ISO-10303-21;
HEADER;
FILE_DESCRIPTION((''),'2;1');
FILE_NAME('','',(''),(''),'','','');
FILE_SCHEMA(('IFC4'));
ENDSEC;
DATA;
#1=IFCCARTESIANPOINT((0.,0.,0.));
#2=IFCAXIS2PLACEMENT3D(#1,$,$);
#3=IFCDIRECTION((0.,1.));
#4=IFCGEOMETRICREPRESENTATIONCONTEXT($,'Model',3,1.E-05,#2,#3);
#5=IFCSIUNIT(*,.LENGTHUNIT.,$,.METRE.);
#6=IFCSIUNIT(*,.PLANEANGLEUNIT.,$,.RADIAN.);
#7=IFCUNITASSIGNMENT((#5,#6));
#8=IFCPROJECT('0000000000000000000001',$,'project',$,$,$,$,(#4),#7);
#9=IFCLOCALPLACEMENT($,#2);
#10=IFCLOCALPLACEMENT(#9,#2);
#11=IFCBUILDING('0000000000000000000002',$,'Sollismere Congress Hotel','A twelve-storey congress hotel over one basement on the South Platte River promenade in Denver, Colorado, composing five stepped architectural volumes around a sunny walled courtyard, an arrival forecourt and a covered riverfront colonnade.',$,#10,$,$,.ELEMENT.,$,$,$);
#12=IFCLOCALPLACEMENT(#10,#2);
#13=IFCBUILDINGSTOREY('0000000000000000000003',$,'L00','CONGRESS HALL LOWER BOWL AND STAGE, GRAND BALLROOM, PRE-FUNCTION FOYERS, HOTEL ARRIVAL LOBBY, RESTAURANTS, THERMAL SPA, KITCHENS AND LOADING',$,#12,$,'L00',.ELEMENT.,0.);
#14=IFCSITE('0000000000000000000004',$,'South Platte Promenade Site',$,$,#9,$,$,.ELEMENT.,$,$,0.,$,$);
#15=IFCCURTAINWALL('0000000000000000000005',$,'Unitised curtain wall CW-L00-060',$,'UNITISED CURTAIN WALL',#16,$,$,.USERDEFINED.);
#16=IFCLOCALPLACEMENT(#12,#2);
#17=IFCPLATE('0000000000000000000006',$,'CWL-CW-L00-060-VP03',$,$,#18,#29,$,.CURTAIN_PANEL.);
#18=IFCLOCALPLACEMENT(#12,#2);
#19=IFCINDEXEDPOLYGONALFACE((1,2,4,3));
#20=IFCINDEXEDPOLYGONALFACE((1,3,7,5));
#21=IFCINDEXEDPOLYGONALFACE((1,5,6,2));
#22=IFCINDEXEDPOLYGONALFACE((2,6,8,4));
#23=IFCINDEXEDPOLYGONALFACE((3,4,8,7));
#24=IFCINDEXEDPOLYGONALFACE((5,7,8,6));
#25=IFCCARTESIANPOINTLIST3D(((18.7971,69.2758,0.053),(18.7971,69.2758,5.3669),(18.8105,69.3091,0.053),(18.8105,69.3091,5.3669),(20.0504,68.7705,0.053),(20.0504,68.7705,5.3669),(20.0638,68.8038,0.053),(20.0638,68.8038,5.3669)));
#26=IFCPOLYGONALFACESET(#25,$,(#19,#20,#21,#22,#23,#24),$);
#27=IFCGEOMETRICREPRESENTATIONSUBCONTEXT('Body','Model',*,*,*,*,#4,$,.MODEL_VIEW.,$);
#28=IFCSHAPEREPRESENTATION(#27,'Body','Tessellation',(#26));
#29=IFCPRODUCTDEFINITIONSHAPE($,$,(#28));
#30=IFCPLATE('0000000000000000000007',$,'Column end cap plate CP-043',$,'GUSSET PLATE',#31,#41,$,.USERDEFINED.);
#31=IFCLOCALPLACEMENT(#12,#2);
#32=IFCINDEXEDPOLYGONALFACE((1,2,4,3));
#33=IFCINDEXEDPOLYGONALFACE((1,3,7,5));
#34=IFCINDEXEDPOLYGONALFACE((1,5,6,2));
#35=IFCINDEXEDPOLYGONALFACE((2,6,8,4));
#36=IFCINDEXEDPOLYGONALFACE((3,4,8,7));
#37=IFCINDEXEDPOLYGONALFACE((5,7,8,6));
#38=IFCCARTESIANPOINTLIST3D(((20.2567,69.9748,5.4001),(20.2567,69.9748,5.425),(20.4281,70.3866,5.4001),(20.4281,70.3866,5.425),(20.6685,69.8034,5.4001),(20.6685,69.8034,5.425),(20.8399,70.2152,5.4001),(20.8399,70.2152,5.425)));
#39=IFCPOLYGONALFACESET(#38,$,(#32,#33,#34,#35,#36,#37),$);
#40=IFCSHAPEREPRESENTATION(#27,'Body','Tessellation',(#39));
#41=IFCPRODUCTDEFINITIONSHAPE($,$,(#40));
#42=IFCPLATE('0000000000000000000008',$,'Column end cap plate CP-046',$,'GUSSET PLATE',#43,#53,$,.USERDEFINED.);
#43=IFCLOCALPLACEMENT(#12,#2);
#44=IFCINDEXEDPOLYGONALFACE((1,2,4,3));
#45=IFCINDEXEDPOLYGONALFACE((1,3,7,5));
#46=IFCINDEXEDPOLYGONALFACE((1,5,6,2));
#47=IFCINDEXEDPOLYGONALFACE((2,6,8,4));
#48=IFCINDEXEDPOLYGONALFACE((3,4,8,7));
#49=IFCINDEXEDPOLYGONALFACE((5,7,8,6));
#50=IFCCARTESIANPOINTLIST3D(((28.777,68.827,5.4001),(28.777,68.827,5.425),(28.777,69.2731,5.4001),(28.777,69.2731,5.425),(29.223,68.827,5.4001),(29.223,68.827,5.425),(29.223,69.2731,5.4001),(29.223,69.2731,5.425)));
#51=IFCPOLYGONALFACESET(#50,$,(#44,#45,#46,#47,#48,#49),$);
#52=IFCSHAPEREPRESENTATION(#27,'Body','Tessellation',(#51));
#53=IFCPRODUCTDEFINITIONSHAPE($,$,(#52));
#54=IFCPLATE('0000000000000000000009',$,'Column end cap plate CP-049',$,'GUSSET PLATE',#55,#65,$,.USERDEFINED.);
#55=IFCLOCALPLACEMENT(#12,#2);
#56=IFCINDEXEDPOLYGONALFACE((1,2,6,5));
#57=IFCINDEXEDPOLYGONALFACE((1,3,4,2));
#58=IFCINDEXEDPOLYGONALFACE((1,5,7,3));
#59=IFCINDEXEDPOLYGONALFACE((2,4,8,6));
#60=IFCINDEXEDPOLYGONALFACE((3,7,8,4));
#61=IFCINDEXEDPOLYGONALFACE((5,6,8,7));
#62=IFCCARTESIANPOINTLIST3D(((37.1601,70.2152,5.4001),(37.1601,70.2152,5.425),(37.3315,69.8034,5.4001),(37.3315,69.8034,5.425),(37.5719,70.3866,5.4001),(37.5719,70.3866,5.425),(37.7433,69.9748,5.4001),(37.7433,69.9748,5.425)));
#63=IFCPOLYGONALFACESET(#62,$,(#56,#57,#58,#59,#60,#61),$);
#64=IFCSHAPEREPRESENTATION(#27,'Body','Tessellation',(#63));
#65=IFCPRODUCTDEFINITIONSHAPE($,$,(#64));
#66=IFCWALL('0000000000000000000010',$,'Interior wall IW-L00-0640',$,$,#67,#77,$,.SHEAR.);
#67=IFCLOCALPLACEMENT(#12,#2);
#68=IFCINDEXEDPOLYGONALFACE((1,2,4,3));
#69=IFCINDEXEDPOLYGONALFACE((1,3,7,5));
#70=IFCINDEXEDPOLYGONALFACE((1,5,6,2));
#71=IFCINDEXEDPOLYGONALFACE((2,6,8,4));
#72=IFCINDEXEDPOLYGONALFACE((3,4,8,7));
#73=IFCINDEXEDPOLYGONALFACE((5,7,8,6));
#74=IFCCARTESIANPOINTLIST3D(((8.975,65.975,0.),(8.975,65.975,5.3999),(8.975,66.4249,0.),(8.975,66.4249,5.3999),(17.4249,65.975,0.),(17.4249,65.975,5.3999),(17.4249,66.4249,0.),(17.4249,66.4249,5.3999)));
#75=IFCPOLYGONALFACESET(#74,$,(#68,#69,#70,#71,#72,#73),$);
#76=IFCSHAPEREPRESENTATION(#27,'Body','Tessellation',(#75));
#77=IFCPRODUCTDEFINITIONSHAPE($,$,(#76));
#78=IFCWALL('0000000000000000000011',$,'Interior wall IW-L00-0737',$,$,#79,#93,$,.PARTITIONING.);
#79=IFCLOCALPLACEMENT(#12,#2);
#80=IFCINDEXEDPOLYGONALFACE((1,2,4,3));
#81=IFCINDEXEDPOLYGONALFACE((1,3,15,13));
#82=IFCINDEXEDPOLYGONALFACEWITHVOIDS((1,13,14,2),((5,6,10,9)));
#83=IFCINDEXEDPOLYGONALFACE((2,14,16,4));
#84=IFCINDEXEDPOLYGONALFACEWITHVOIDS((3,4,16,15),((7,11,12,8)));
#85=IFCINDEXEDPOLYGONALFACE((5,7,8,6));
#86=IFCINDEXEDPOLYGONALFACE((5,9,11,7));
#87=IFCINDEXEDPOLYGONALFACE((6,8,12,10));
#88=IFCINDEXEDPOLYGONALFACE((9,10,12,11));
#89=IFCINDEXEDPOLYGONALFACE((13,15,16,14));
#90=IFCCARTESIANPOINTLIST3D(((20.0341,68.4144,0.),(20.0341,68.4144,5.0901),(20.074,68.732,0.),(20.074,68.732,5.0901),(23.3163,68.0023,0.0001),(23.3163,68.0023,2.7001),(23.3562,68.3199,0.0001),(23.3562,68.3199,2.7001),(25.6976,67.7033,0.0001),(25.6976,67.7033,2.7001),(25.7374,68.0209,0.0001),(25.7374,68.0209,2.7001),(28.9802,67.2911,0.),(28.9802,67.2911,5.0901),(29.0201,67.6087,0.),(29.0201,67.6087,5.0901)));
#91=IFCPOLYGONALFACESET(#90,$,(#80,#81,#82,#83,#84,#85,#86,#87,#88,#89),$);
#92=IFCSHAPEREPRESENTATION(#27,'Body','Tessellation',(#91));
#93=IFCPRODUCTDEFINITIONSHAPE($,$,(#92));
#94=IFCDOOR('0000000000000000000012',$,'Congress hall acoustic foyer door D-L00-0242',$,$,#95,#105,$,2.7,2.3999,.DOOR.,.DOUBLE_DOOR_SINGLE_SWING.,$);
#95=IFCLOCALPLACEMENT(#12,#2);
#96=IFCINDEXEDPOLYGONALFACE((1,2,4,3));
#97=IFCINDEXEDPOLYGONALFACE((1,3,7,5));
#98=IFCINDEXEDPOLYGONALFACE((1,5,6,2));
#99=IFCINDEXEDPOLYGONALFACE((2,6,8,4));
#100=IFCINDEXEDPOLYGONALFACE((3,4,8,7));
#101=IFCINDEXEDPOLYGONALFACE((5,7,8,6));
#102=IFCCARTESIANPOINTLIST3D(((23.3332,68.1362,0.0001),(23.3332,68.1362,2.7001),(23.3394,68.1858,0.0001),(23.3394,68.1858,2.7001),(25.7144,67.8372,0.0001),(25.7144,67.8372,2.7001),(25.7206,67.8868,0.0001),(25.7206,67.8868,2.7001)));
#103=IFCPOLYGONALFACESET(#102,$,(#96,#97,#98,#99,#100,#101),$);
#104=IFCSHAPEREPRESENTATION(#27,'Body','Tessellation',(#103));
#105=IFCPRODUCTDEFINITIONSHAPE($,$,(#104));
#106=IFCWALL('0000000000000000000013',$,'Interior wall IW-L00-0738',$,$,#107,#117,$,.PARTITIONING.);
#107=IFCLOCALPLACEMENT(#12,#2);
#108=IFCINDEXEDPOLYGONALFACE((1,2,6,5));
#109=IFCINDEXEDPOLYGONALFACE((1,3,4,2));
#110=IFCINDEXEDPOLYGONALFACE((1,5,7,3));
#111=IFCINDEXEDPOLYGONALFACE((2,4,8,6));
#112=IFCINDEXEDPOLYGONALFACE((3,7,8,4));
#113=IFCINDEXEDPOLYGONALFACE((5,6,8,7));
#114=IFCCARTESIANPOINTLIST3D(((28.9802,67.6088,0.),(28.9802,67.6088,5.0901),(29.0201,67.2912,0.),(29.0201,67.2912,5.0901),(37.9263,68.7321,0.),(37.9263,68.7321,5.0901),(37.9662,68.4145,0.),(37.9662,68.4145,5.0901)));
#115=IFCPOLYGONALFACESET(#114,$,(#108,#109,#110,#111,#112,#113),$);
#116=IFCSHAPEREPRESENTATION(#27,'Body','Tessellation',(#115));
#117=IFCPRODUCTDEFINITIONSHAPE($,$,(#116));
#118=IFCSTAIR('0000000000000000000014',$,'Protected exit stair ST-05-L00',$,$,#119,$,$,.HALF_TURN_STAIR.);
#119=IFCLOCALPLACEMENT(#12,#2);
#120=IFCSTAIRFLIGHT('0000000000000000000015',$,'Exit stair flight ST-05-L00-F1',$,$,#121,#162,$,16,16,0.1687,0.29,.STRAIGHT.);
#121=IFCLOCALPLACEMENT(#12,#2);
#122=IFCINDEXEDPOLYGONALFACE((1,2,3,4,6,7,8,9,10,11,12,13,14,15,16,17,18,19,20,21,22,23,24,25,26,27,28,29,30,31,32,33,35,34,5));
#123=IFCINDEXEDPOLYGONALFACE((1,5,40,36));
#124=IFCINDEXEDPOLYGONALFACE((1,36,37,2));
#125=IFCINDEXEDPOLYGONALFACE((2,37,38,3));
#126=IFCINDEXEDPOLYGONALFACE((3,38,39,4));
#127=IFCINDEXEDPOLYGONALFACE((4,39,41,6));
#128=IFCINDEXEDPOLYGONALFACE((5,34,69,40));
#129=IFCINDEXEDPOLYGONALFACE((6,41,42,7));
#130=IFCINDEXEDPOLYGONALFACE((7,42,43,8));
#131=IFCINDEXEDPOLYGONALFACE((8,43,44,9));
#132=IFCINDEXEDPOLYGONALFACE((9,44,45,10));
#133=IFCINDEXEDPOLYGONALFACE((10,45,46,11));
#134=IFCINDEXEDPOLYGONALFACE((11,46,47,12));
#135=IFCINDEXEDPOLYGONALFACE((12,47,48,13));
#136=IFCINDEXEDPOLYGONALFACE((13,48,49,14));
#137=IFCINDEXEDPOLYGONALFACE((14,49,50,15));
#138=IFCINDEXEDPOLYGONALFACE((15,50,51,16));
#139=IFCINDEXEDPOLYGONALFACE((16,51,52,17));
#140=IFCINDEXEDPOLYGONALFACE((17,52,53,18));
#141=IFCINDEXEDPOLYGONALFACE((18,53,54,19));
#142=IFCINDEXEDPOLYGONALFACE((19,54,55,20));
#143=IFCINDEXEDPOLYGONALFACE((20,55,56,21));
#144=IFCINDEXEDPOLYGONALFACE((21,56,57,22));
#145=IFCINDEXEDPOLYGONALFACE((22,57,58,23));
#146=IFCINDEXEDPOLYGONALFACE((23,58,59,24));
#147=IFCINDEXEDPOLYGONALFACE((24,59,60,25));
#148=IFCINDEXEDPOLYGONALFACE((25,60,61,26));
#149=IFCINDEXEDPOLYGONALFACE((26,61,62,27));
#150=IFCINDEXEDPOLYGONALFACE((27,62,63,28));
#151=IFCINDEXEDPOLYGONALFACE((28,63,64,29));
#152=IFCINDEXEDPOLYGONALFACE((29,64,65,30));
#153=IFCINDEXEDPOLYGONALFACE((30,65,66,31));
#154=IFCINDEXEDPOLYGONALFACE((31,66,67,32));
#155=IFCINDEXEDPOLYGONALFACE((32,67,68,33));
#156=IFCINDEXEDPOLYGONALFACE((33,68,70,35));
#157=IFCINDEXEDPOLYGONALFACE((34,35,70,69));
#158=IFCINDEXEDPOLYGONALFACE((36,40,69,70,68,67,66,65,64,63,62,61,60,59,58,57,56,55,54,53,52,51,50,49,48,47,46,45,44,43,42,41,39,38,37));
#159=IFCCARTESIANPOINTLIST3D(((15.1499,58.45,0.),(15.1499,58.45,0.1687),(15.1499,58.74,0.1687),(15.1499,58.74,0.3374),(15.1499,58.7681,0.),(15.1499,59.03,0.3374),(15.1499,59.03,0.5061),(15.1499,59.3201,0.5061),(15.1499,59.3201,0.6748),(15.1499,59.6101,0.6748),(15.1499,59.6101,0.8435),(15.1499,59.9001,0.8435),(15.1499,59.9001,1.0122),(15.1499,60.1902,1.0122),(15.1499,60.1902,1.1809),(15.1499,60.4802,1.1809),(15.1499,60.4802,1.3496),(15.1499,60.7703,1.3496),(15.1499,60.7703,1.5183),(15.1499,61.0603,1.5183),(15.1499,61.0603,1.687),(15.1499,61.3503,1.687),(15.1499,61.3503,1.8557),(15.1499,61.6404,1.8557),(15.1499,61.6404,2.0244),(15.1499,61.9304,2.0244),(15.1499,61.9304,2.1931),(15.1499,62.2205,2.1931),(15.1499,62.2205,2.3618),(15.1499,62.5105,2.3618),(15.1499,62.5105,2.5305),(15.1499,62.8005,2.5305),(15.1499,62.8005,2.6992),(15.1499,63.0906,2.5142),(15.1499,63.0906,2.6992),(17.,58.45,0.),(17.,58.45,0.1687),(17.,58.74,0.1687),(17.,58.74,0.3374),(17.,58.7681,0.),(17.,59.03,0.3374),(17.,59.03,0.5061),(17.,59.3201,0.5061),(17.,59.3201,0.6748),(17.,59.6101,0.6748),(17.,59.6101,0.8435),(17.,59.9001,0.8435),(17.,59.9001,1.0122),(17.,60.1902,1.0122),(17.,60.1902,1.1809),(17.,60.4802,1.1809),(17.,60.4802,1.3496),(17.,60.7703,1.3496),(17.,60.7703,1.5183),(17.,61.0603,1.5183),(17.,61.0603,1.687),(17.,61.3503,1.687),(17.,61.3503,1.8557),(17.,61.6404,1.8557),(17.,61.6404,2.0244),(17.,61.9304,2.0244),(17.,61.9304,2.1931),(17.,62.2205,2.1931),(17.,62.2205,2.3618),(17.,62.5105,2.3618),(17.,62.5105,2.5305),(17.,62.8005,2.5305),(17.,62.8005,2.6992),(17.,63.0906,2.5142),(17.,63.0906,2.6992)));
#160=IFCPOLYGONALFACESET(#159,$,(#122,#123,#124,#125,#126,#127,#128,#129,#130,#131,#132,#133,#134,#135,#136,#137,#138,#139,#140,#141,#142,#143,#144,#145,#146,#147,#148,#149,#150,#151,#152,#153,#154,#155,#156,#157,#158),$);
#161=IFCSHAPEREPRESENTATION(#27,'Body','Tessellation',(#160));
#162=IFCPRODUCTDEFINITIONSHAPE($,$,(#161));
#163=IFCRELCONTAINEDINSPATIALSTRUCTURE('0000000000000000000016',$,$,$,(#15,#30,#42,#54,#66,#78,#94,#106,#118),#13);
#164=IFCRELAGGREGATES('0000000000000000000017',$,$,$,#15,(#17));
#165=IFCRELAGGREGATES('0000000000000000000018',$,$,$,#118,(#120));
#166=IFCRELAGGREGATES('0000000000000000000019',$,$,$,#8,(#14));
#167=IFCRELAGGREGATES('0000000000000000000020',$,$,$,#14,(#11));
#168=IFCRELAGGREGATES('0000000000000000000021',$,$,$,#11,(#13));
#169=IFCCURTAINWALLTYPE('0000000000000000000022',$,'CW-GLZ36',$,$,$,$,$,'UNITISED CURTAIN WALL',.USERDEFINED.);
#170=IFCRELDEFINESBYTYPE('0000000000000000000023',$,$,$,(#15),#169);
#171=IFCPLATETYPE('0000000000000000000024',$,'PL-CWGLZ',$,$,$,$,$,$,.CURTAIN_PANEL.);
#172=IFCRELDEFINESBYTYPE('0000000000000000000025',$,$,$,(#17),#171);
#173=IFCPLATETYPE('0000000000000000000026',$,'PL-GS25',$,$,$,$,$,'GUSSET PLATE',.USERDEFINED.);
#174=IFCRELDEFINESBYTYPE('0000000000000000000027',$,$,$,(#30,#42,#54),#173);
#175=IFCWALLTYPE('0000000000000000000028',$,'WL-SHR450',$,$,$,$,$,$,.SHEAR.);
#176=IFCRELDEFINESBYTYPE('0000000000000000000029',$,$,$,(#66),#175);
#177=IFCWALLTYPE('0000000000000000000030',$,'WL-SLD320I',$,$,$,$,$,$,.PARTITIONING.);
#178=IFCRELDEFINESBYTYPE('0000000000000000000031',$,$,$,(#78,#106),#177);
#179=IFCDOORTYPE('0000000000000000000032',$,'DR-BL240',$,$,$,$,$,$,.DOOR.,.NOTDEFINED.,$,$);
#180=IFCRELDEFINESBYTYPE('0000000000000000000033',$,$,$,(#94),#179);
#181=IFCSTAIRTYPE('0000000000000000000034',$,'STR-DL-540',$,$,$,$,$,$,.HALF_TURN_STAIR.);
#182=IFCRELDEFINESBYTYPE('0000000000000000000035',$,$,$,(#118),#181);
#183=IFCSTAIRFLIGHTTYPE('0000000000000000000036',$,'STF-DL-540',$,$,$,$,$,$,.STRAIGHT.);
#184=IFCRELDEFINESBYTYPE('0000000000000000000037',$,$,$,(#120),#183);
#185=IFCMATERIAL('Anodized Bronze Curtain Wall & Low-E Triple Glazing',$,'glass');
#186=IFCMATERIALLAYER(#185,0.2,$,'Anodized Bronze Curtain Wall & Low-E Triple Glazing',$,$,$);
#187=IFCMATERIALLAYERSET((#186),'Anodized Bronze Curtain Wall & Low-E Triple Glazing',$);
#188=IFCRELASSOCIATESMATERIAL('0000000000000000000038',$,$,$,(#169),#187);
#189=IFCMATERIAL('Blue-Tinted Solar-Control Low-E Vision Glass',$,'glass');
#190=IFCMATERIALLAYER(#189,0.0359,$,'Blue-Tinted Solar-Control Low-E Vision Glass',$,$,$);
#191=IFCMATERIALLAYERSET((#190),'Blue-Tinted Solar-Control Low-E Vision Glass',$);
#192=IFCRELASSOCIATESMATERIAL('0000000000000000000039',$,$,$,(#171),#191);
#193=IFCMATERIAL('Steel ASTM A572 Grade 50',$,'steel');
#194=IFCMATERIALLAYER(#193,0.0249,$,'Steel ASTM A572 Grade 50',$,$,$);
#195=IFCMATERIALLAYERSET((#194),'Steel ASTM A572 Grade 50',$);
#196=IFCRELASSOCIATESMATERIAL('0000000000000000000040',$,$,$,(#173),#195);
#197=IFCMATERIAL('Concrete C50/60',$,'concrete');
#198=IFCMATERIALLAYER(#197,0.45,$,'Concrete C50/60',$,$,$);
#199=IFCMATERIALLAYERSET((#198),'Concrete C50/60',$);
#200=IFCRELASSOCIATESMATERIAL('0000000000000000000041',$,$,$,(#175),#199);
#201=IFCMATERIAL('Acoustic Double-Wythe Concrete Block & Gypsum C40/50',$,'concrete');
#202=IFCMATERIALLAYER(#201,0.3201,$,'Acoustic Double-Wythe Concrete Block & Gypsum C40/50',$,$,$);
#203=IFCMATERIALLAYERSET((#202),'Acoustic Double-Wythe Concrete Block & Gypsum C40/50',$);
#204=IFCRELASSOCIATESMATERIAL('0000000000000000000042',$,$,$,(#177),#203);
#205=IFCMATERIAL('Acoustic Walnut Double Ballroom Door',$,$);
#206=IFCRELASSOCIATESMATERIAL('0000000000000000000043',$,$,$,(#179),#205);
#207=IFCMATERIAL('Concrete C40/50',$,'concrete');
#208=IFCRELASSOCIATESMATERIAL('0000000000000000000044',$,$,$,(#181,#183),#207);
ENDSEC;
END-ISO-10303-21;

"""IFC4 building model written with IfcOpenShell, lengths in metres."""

from ifc_helpers import new_model, si_unit, direction, frame, frame_2d, origin, origin_2d, place, context, subcontext, project, spatial, polyline, rectangle, outline, extrude, material, layer, layer_set, type_object, element, fill, aggregate, save


model = new_model("IFC4")

# Units and contexts
model_context = context("Model", 3, precision=1e-05, world=origin(), true_north=direction((0.0, 1.0)))
body_context = subcontext(model_context, "Body", "Model", "MODEL_VIEW")
ifc_project = project(units=[si_unit("LENGTHUNIT", "METRE"), si_unit("PLANEANGLEUNIT", "RADIAN")], contexts=[model_context])

# Site, building, storey
site_placement = place(None, origin())
site = spatial("IfcSite", under=ifc_project, at=site_placement, Name="South Platte Promenade Site", CompositionType="ELEMENT", RefElevation=0.0)
building_placement = place(site_placement, origin())
building = spatial("IfcBuilding", under=site, at=building_placement, Name="Sollismere Congress Hotel", Description="A twelve-storey congress hotel over one basement on the South Platte River promenade in Denver, Colorado, composing five stepped architectural volumes around a sunny walled courtyard, an arrival forecourt and a covered riverfront colonnade.", CompositionType="ELEMENT")
storey_placement = place(building_placement, origin())
storey = spatial("IfcBuildingStorey", under=building, at=storey_placement, Name="L00", Description="CONGRESS HALL LOWER BOWL AND STAGE, GRAND BALLROOM, PRE-FUNCTION FOYERS, HOTEL ARRIVAL LOBBY, RESTAURANTS, THERMAL SPA, KITCHENS AND LOADING", LongName="L00", CompositionType="ELEMENT", Elevation=0.0)

# Shared definitions
ifc_material_1 = material(Name="Anodized Bronze Curtain Wall & Low-E Triple Glazing", Category="glass")
ifc_layer_1 = layer(ifc_material_1, 0.2, Name="Anodized Bronze Curtain Wall & Low-E Triple Glazing")
ifc_layer_set_1 = layer_set([ifc_layer_1], Name="Anodized Bronze Curtain Wall & Low-E Triple Glazing")
curtain_wall_type = type_object("IfcCurtainWallType", Name="CW-GLZ36", ElementType="UNITISED CURTAIN WALL", PredefinedType="USERDEFINED", material=ifc_layer_set_1)

# Curtain wall, plate
curtain_wall_1_placement = place(storey_placement, origin())
curtain_wall_1 = element("IfcCurtainWall", 1, at=curtain_wall_1_placement, inside=storey, type_object=curtain_wall_type, Name="Unitised curtain wall CW-L00-060", ObjectType="UNITISED CURTAIN WALL", PredefinedType="USERDEFINED")
ifc_material_2 = material(Name="Blue-Tinted Solar-Control Low-E Vision Glass", Category="glass")
ifc_layer_2 = layer(ifc_material_2, 0.0359, Name="Blue-Tinted Solar-Control Low-E Vision Glass")
ifc_layer_set_2 = layer_set([ifc_layer_2], Name="Blue-Tinted Solar-Control Low-E Vision Glass")
plate_type_1 = type_object("IfcPlateType", Name="PL-CWGLZ", PredefinedType="CURTAIN_PANEL", material=ifc_layer_set_2)
plate_1_placement = place(storey_placement, frame((19.4304, 69.0398, 0.053), z_axis=(0.0, 0.0, 1.0), x_axis=(0.927452, -0.373943, 0.0)))
plate_1 = element("IfcPlate", 2, at=plate_1_placement, type_object=plate_type_1, Name="CWL-CW-L00-060-VP03", PredefinedType="CURTAIN_PANEL", context=body_context, shape_type="SweptSolid", body=[
    extrude(rectangle(XDim=1.3513, YDim=0.0359, at=origin_2d()), origin(), (0.0, 0.0, 1.0), 5.314),
])
aggregate(curtain_wall_1, [plate_1])

# Plates
ifc_material_3 = material(Name="Steel ASTM A572 Grade 50", Category="steel")
ifc_layer_3 = layer(ifc_material_3, 0.0249, Name="Steel ASTM A572 Grade 50")
ifc_layer_set_3 = layer_set([ifc_layer_3], Name="Steel ASTM A572 Grade 50")
plate_type_2 = type_object("IfcPlateType", Name="PL-GS25", ElementType="GUSSET PLATE", PredefinedType="USERDEFINED", material=ifc_layer_set_3)
for number, where, z_axis, x_axis, name in (
    (3, (20.5483, 70.095, 5.4001), (0.0, 0.0, 1.0), (-0.384295, -0.92321, 0.0), "Column end cap plate CP-043"),
    (4, (29.0, 69.05, 5.4001), (0.0, 0.0, 1.0), (0.0, -1.0, 0.0), "Column end cap plate CP-046"),
    (5, (37.4517, 70.095, 5.4001), (0.0, 0.0, 1.0), (0.384295, -0.92321, 0.0), "Column end cap plate CP-049"),
):
    element("IfcPlate", number, at=place(storey_placement, frame(where, z_axis=z_axis, x_axis=x_axis)), inside=storey, type_object=plate_type_2, Name=name, ObjectType="GUSSET PLATE", PredefinedType="USERDEFINED", context=body_context, shape_type="SweptSolid", body=[
        extrude(rectangle(XDim=0.446, YDim=0.446, at=origin_2d()), origin(), (0.0, 0.0, 1.0), 0.0249),
    ])

# Wall
ifc_material_4 = material(Name="Concrete C50/60", Category="concrete")
ifc_layer_4 = layer(ifc_material_4, 0.45, Name="Concrete C50/60")
ifc_layer_set_4 = layer_set([ifc_layer_4], Name="Concrete C50/60")
wall_type_1 = type_object("IfcWallType", Name="WL-SHR450", PredefinedType="SHEAR", material=ifc_layer_set_4)
wall_1_placement = place(storey_placement, frame((17.425, 66.2, 0.0), z_axis=(0.0, 0.0, 1.0), x_axis=(-1.0, 0.0, 0.0)))
element("IfcWall", 6, at=wall_1_placement, inside=storey, type_object=wall_type_1, Name="Interior wall IW-L00-0640", PredefinedType="SHEAR", context=body_context, shape_type="SweptSolid", body=[
    extrude(rectangle(XDim=8.45, YDim=0.45, at=frame_2d((4.2251, 0.0))), origin(), (0.0, 0.0, 1.0), 5.3999),
])

# Wall, opening, door
ifc_material_5 = material(Name="Acoustic Double-Wythe Concrete Block & Gypsum C40/50", Category="concrete")
ifc_layer_5 = layer(ifc_material_5, 0.3201, Name="Acoustic Double-Wythe Concrete Block & Gypsum C40/50")
ifc_layer_set_5 = layer_set([ifc_layer_5], Name="Acoustic Double-Wythe Concrete Block & Gypsum C40/50")
wall_type_2 = type_object("IfcWallType", Name="WL-SLD320I", PredefinedType="PARTITIONING", material=ifc_layer_set_5)
wall_2_placement = place(storey_placement, frame((20.054, 68.5732, 0.0), z_axis=(0.0, 0.0, 1.0), x_axis=(0.992209, -0.124585, 0.0)))
wall_2 = element("IfcWall", 7, at=wall_2_placement, inside=storey, type_object=wall_type_2, Name="Interior wall IW-L00-0737", PredefinedType="PARTITIONING", context=body_context, shape_type="SweptSolid", body=[
    extrude(rectangle(XDim=9.0164, YDim=0.3201, at=frame_2d((4.5083, 0.0))), origin(), (0.0, 0.0, 1.0), 5.0901),
])
opening_placement = place(wall_2_placement, frame((3.3081, 0.0, 0.0)))
opening = element("IfcOpeningElement", 8, at=opening_placement, cuts=wall_2, PredefinedType="OPENING", context=body_context, shape_type="SweptSolid", body=[
    extrude(rectangle(XDim=2.3999, YDim=2.7, at=frame_2d((1.2, 1.3501))), frame((0.0, 0.1699, 0.0), z_axis=(0.0, -1.0, 0.0), x_axis=(1.0, 0.0, 0.0)), (0.0, 0.0, 1.0), 0.3401),
])
ifc_material_6 = material(Name="Acoustic Walnut Double Ballroom Door")
door_type = type_object("IfcDoorType", Name="DR-BL240", OperationType="NOTDEFINED", PredefinedType="DOOR", material=ifc_material_6)
door_placement = place(opening_placement, origin())
door = element("IfcDoor", 9, at=door_placement, inside=storey, type_object=door_type, Name="Congress hall acoustic foyer door D-L00-0242", OperationType="DOUBLE_DOOR_SINGLE_SWING", OverallHeight=2.7, OverallWidth=2.3999, PredefinedType="DOOR", context=body_context, shape_type="SweptSolid", body=[
    extrude(rectangle(XDim=2.3999, YDim=2.7, at=frame_2d((1.2, 1.3501))), frame((0.0, 0.0249, 0.0), z_axis=(0.0, -1.0, 0.0), x_axis=(1.0, 0.0, 0.0)), (0.0, 0.0, 1.0), 0.05),
])
fill(opening, door)

# Wall
wall_3_placement = place(storey_placement, frame((29.0, 67.45, 0.0), z_axis=(0.0, 0.0, 1.0), x_axis=(0.992209, 0.124585, 0.0)))
element("IfcWall", 10, at=wall_3_placement, inside=storey, type_object=wall_type_2, Name="Interior wall IW-L00-0738", PredefinedType="PARTITIONING", context=body_context, shape_type="SweptSolid", body=[
    extrude(rectangle(XDim=9.0164, YDim=0.3201, at=frame_2d((4.5083, 0.0))), origin(), (0.0, 0.0, 1.0), 5.0901),
])

# Stair, stair flight
ifc_material_7 = material(Name="Concrete C40/50", Category="concrete")
stair_type = type_object("IfcStairType", Name="STR-DL-540", PredefinedType="HALF_TURN_STAIR", material=ifc_material_7)
stair_placement = place(storey_placement, origin())
stair = element("IfcStair", 11, at=stair_placement, inside=storey, type_object=stair_type, Name="Protected exit stair ST-05-L00", PredefinedType="HALF_TURN_STAIR")
stair_flight_type = type_object("IfcStairFlightType", Name="STF-DL-540", PredefinedType="STRAIGHT", material=ifc_material_7)
stair_flight_placement = place(storey_placement, frame((16.075, 58.45, 0.0), z_axis=(0.0, 0.0, 1.0), x_axis=(0.0, 1.0, 0.0)))
stair_flight = element("IfcStairFlight", 12, at=stair_flight_placement, type_object=stair_flight_type, Name="Exit stair flight ST-05-L00-F1", NumberOfRisers=16, NumberOfTreads=16, PredefinedType="STRAIGHT", RiserHeight=0.1687, TreadLength=0.29, context=body_context, shape_type="SweptSolid", body=[
    extrude(outline(polyline([(0.0, 0.0), (0.0, 0.1687), (0.29, 0.1687), (0.29, 0.3374), (0.5801, 0.3374), (0.5801, 0.5061), (0.8701, 0.5061), (0.8701, 0.6748), (1.1602, 0.6748), (1.1602, 0.8435), (1.4502, 0.8435), (1.4502, 1.0122), (1.7402, 1.0122), (1.7402, 1.1809), (2.0303, 1.1809), (2.0303, 1.3496), (2.3203, 1.3496), (2.3203, 1.5183), (2.6104, 1.5183), (2.6104, 1.687), (2.9004, 1.687), (2.9004, 1.8557), (3.1904, 1.8557), (3.1904, 2.0244), (3.4805, 2.0244), (3.4805, 2.1931), (3.7705, 2.1931), (3.7705, 2.3618), (4.0605, 2.3618), (4.0605, 2.5305), (4.3506, 2.5305), (4.3506, 2.6992), (4.6406, 2.6992), (4.6406, 2.5142), (0.3181, 0.0), (0.0, 0.0)])), frame((0.0, 0.925, 0.0), z_axis=(0.0, -1.0, 0.0), x_axis=(1.0, 0.0, 0.0)), (0.0, 0.0, 1.0), 1.8501),
])
aggregate(stair, [stair_flight])

save(model, "model.ifc")
